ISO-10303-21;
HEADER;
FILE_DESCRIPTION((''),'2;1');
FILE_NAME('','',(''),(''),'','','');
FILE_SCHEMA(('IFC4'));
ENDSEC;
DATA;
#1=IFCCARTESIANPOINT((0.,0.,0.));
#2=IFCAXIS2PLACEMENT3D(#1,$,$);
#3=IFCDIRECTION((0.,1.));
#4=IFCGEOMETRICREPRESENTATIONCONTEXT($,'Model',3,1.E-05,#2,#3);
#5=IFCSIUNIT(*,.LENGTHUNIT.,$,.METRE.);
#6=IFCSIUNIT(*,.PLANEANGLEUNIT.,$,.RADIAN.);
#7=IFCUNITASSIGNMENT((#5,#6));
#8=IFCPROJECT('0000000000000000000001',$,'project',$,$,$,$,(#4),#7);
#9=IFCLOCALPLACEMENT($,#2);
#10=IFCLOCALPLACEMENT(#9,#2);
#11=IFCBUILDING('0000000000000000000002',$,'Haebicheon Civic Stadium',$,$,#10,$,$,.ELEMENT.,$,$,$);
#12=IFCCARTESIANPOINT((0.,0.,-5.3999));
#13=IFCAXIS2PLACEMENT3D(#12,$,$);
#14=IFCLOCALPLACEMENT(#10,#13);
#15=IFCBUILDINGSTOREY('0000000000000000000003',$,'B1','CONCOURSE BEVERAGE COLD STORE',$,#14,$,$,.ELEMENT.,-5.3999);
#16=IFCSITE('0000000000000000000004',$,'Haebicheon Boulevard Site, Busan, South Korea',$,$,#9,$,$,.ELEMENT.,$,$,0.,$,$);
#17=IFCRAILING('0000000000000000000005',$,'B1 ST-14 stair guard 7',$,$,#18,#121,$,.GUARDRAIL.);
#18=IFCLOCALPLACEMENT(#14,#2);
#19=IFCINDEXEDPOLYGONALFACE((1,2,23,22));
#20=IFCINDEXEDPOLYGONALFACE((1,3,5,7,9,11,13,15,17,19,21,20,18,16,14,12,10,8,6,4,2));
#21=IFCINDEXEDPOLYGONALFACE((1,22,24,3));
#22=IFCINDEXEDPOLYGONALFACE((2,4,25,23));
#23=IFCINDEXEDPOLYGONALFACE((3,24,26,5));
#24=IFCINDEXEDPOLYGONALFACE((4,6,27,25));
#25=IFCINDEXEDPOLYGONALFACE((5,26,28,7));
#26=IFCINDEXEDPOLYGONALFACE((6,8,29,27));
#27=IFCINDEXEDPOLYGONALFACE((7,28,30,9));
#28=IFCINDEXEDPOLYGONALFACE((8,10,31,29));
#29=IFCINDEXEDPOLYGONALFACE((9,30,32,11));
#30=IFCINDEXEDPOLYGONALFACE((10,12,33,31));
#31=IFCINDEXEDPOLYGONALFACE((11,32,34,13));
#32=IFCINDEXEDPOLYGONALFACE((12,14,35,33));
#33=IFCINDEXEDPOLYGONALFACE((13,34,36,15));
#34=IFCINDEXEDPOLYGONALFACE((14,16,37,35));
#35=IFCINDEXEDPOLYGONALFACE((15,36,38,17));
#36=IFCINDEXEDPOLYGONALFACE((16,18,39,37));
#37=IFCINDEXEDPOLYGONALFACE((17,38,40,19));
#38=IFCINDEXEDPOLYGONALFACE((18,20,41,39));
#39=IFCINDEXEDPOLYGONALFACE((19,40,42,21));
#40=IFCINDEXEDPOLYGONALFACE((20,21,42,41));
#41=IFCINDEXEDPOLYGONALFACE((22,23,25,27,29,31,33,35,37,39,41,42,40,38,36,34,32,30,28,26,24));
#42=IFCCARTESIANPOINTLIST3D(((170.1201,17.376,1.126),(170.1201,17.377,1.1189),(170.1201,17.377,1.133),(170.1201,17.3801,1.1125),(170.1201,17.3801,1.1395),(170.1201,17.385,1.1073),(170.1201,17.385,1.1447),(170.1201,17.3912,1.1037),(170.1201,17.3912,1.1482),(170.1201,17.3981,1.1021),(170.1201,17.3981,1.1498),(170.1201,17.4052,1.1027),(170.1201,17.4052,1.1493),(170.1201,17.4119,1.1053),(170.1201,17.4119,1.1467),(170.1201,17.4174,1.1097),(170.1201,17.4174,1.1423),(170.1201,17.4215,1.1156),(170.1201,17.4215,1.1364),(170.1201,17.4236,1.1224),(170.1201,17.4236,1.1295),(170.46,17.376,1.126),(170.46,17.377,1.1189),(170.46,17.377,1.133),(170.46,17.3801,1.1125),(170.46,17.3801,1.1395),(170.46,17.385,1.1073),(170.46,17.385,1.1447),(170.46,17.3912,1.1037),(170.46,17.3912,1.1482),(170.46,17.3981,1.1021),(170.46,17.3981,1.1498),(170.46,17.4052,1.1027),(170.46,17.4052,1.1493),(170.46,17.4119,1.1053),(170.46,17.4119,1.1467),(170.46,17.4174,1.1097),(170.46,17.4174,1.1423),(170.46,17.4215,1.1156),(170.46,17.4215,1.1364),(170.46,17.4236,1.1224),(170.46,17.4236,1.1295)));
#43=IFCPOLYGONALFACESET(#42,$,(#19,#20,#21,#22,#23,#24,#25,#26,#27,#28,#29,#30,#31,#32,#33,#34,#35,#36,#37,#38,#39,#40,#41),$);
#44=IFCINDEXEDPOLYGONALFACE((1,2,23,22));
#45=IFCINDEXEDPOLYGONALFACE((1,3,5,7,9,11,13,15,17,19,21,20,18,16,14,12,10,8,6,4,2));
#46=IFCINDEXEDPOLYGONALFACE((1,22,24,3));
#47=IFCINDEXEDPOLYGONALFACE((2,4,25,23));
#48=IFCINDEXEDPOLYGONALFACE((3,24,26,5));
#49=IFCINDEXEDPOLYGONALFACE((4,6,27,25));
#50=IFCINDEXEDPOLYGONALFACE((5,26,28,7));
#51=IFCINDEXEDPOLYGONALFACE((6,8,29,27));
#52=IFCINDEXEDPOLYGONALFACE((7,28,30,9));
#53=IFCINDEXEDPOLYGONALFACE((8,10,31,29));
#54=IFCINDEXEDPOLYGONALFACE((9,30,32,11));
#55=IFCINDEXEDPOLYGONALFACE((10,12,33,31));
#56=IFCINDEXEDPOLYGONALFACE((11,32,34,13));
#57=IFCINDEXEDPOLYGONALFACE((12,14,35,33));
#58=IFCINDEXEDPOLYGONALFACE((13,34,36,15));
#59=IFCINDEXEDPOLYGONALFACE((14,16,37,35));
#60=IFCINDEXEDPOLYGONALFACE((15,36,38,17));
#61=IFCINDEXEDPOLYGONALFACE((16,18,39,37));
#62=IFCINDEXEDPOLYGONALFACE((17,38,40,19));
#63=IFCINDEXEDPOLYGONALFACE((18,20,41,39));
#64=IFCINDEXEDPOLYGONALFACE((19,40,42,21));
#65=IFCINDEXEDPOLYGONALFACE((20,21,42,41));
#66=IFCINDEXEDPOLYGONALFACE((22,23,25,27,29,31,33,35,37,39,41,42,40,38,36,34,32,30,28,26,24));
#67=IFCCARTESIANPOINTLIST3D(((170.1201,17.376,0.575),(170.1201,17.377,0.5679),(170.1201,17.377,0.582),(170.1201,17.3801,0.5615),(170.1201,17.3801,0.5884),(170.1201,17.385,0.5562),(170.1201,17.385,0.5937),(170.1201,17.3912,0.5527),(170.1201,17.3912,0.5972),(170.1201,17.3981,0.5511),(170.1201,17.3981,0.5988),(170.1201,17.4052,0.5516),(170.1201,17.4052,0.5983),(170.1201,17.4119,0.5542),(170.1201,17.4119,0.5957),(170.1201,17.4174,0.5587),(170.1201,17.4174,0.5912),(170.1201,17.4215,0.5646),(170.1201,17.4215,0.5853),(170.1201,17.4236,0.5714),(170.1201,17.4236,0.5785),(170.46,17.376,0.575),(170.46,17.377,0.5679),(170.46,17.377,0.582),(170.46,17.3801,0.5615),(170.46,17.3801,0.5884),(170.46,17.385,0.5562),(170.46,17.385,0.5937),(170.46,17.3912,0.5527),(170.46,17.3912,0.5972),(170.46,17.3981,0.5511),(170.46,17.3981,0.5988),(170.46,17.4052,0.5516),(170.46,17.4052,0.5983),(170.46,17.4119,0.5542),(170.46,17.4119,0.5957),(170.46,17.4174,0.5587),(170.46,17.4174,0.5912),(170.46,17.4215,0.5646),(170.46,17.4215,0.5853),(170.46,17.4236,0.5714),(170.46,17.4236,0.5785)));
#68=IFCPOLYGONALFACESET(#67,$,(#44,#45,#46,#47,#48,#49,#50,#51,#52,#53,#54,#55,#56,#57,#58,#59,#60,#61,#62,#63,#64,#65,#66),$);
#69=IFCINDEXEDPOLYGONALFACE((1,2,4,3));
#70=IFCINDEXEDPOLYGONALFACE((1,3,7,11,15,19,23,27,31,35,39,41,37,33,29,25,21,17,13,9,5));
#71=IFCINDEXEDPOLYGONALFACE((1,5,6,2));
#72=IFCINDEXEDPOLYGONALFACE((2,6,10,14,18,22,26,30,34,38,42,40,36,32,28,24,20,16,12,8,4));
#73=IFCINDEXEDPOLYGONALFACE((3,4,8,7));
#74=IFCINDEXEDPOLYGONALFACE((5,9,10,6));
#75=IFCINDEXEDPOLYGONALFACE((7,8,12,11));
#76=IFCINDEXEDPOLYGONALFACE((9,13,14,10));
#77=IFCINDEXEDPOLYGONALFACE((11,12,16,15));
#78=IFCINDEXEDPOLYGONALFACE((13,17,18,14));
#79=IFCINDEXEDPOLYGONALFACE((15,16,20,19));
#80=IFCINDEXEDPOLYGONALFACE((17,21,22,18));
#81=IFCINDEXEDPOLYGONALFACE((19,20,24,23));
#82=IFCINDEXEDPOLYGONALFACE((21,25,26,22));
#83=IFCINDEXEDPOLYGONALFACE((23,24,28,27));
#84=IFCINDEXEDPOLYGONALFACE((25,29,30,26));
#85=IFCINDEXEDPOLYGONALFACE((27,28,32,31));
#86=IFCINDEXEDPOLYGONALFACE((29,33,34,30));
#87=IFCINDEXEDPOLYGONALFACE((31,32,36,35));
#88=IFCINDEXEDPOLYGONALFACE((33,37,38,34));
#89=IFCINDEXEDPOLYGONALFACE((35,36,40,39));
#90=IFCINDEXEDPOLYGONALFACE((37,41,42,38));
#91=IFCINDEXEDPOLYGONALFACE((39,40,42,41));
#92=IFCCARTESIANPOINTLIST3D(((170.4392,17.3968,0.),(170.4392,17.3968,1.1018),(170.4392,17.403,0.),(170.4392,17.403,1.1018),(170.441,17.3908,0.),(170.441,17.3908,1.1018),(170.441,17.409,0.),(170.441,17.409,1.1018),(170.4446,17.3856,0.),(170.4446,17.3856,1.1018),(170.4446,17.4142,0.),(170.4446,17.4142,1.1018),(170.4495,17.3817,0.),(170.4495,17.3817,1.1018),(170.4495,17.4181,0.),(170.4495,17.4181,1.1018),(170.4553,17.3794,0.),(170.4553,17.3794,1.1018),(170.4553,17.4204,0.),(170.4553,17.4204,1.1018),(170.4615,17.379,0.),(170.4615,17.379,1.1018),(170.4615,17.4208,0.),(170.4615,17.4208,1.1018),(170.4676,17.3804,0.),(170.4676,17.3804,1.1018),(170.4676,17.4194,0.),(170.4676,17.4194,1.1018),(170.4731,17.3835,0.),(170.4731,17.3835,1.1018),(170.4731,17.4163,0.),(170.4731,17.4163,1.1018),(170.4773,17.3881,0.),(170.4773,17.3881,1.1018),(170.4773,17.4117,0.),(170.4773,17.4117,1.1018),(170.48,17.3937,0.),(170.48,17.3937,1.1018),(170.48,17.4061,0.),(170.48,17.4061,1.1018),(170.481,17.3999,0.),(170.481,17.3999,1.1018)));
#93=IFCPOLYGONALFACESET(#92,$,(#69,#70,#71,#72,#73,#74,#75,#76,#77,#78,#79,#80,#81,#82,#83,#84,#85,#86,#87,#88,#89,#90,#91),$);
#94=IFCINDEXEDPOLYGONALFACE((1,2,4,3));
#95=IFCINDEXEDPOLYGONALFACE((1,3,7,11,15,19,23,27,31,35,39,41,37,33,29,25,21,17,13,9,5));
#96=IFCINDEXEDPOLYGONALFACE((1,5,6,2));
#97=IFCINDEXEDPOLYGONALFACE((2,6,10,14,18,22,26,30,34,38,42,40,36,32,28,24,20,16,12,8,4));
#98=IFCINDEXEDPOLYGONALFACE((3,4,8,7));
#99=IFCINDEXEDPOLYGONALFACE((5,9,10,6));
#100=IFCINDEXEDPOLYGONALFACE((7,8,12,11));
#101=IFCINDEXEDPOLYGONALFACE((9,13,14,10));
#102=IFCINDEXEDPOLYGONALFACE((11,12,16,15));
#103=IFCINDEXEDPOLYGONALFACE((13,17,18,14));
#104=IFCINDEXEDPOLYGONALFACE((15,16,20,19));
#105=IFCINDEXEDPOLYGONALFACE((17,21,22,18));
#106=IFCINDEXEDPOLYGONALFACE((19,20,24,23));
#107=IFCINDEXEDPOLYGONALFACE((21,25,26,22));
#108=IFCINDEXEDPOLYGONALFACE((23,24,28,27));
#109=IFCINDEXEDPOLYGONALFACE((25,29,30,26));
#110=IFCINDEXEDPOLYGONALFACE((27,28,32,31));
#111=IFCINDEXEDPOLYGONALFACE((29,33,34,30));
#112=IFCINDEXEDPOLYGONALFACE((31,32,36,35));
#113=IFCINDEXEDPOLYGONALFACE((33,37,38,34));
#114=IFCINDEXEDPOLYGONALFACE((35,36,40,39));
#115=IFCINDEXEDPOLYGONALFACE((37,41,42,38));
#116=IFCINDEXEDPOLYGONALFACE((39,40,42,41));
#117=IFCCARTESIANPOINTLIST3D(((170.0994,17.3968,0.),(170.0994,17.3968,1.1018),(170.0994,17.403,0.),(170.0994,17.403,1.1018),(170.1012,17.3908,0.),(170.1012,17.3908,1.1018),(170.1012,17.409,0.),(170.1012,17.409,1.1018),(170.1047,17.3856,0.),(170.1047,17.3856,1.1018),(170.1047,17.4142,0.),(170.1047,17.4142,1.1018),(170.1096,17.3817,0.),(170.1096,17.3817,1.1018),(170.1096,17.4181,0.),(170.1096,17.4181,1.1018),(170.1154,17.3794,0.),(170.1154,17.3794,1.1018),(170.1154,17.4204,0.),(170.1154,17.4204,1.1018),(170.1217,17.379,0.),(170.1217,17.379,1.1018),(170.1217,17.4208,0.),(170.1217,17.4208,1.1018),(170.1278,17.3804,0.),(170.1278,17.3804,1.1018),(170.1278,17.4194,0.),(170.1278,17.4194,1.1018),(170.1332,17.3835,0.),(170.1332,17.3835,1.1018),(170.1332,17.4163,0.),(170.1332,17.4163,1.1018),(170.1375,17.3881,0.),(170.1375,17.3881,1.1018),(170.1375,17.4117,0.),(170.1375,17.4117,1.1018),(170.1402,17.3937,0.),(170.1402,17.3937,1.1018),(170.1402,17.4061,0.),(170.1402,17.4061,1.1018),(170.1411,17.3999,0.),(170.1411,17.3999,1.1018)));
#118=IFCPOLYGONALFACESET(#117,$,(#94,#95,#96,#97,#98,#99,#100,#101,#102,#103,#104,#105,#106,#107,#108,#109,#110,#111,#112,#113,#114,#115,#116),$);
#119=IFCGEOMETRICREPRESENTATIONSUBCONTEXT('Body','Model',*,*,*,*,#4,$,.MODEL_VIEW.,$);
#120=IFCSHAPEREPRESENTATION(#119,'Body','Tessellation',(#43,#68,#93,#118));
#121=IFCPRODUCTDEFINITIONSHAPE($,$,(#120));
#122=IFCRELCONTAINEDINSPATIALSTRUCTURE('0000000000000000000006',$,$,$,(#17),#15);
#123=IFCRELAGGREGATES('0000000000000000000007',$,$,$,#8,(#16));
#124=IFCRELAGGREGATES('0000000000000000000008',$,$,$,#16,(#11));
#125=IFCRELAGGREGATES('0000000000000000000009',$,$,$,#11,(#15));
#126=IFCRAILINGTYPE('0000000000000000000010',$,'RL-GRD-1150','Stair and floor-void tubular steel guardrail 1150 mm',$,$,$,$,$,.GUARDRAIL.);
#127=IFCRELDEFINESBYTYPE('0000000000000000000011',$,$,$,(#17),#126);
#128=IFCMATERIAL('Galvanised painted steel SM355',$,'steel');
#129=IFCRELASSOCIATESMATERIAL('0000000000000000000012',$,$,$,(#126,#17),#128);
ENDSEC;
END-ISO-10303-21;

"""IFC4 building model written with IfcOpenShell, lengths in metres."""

from ifc_helpers import new_model, si_unit, direction, frame, origin, origin_2d, place, context, subcontext, project, spatial, circle, extrude, material, type_object, element, save


model = new_model("IFC4")

# Units and contexts
model_context = context("Model", 3, precision=1e-05, world=origin(), true_north=direction((0.0, 1.0)))
body_context = subcontext(model_context, "Body", "Model", "MODEL_VIEW")
ifc_project = project(units=[si_unit("LENGTHUNIT", "METRE"), si_unit("PLANEANGLEUNIT", "RADIAN")], contexts=[model_context])

# Site, building, storey
site_placement = place(None, origin())
site = spatial("IfcSite", under=ifc_project, at=site_placement, Name="Haebicheon Boulevard Site, Busan, South Korea", CompositionType="ELEMENT", RefElevation=0.0)
building_placement = place(site_placement, origin())
building = spatial("IfcBuilding", under=site, at=building_placement, Name="Haebicheon Civic Stadium", CompositionType="ELEMENT")
storey_placement = place(building_placement, frame((0.0, 0.0, -5.3999)))
storey = spatial("IfcBuildingStorey", under=building, at=storey_placement, Name="B1", Description="CONCOURSE BEVERAGE COLD STORE", CompositionType="ELEMENT", Elevation=-5.3999)

# Railing
ifc_material_1 = material(Name="Galvanised painted steel SM355", Category="steel")
railing_type_1 = type_object("IfcRailingType", Name="RL-GRD-1150", Description="Stair and floor-void tubular steel guardrail 1150 mm", PredefinedType="GUARDRAIL", material=ifc_material_1)
railing_1_placement = place(storey_placement, frame((170.46, 17.3999, 0.0)))
element("IfcRailing", 1, at=railing_1_placement, inside=storey, type_object=railing_type_1, material=ifc_material_1, Name="B1 ST-14 stair guard 7", PredefinedType="GUARDRAIL", context=body_context, shape_type="SweptSolid", body=[
    extrude(circle(Radius=0.0239, at=origin_2d()), frame((0.0, 0.0, 1.126), z_axis=(-1.0, 0.0, 0.0), x_axis=(0.0, -1.0, 0.0)), (0.0, 0.0, 1.0), 0.3398),
    extrude(circle(Radius=0.0239, at=origin_2d()), frame((0.0, 0.0, 0.575), z_axis=(-1.0, 0.0, 0.0), x_axis=(0.0, -1.0, 0.0)), (0.0, 0.0, 1.0), 0.3398),
    extrude(circle(Radius=0.021, at=origin_2d()), origin(), (0.0, 0.0, 1.0), 1.1018),
    extrude(circle(Radius=0.021, at=origin_2d()), frame((-0.3398, 0.0, 0.0)), (0.0, 0.0, 1.0), 1.1018),
])

save(model, "model.ifc")
